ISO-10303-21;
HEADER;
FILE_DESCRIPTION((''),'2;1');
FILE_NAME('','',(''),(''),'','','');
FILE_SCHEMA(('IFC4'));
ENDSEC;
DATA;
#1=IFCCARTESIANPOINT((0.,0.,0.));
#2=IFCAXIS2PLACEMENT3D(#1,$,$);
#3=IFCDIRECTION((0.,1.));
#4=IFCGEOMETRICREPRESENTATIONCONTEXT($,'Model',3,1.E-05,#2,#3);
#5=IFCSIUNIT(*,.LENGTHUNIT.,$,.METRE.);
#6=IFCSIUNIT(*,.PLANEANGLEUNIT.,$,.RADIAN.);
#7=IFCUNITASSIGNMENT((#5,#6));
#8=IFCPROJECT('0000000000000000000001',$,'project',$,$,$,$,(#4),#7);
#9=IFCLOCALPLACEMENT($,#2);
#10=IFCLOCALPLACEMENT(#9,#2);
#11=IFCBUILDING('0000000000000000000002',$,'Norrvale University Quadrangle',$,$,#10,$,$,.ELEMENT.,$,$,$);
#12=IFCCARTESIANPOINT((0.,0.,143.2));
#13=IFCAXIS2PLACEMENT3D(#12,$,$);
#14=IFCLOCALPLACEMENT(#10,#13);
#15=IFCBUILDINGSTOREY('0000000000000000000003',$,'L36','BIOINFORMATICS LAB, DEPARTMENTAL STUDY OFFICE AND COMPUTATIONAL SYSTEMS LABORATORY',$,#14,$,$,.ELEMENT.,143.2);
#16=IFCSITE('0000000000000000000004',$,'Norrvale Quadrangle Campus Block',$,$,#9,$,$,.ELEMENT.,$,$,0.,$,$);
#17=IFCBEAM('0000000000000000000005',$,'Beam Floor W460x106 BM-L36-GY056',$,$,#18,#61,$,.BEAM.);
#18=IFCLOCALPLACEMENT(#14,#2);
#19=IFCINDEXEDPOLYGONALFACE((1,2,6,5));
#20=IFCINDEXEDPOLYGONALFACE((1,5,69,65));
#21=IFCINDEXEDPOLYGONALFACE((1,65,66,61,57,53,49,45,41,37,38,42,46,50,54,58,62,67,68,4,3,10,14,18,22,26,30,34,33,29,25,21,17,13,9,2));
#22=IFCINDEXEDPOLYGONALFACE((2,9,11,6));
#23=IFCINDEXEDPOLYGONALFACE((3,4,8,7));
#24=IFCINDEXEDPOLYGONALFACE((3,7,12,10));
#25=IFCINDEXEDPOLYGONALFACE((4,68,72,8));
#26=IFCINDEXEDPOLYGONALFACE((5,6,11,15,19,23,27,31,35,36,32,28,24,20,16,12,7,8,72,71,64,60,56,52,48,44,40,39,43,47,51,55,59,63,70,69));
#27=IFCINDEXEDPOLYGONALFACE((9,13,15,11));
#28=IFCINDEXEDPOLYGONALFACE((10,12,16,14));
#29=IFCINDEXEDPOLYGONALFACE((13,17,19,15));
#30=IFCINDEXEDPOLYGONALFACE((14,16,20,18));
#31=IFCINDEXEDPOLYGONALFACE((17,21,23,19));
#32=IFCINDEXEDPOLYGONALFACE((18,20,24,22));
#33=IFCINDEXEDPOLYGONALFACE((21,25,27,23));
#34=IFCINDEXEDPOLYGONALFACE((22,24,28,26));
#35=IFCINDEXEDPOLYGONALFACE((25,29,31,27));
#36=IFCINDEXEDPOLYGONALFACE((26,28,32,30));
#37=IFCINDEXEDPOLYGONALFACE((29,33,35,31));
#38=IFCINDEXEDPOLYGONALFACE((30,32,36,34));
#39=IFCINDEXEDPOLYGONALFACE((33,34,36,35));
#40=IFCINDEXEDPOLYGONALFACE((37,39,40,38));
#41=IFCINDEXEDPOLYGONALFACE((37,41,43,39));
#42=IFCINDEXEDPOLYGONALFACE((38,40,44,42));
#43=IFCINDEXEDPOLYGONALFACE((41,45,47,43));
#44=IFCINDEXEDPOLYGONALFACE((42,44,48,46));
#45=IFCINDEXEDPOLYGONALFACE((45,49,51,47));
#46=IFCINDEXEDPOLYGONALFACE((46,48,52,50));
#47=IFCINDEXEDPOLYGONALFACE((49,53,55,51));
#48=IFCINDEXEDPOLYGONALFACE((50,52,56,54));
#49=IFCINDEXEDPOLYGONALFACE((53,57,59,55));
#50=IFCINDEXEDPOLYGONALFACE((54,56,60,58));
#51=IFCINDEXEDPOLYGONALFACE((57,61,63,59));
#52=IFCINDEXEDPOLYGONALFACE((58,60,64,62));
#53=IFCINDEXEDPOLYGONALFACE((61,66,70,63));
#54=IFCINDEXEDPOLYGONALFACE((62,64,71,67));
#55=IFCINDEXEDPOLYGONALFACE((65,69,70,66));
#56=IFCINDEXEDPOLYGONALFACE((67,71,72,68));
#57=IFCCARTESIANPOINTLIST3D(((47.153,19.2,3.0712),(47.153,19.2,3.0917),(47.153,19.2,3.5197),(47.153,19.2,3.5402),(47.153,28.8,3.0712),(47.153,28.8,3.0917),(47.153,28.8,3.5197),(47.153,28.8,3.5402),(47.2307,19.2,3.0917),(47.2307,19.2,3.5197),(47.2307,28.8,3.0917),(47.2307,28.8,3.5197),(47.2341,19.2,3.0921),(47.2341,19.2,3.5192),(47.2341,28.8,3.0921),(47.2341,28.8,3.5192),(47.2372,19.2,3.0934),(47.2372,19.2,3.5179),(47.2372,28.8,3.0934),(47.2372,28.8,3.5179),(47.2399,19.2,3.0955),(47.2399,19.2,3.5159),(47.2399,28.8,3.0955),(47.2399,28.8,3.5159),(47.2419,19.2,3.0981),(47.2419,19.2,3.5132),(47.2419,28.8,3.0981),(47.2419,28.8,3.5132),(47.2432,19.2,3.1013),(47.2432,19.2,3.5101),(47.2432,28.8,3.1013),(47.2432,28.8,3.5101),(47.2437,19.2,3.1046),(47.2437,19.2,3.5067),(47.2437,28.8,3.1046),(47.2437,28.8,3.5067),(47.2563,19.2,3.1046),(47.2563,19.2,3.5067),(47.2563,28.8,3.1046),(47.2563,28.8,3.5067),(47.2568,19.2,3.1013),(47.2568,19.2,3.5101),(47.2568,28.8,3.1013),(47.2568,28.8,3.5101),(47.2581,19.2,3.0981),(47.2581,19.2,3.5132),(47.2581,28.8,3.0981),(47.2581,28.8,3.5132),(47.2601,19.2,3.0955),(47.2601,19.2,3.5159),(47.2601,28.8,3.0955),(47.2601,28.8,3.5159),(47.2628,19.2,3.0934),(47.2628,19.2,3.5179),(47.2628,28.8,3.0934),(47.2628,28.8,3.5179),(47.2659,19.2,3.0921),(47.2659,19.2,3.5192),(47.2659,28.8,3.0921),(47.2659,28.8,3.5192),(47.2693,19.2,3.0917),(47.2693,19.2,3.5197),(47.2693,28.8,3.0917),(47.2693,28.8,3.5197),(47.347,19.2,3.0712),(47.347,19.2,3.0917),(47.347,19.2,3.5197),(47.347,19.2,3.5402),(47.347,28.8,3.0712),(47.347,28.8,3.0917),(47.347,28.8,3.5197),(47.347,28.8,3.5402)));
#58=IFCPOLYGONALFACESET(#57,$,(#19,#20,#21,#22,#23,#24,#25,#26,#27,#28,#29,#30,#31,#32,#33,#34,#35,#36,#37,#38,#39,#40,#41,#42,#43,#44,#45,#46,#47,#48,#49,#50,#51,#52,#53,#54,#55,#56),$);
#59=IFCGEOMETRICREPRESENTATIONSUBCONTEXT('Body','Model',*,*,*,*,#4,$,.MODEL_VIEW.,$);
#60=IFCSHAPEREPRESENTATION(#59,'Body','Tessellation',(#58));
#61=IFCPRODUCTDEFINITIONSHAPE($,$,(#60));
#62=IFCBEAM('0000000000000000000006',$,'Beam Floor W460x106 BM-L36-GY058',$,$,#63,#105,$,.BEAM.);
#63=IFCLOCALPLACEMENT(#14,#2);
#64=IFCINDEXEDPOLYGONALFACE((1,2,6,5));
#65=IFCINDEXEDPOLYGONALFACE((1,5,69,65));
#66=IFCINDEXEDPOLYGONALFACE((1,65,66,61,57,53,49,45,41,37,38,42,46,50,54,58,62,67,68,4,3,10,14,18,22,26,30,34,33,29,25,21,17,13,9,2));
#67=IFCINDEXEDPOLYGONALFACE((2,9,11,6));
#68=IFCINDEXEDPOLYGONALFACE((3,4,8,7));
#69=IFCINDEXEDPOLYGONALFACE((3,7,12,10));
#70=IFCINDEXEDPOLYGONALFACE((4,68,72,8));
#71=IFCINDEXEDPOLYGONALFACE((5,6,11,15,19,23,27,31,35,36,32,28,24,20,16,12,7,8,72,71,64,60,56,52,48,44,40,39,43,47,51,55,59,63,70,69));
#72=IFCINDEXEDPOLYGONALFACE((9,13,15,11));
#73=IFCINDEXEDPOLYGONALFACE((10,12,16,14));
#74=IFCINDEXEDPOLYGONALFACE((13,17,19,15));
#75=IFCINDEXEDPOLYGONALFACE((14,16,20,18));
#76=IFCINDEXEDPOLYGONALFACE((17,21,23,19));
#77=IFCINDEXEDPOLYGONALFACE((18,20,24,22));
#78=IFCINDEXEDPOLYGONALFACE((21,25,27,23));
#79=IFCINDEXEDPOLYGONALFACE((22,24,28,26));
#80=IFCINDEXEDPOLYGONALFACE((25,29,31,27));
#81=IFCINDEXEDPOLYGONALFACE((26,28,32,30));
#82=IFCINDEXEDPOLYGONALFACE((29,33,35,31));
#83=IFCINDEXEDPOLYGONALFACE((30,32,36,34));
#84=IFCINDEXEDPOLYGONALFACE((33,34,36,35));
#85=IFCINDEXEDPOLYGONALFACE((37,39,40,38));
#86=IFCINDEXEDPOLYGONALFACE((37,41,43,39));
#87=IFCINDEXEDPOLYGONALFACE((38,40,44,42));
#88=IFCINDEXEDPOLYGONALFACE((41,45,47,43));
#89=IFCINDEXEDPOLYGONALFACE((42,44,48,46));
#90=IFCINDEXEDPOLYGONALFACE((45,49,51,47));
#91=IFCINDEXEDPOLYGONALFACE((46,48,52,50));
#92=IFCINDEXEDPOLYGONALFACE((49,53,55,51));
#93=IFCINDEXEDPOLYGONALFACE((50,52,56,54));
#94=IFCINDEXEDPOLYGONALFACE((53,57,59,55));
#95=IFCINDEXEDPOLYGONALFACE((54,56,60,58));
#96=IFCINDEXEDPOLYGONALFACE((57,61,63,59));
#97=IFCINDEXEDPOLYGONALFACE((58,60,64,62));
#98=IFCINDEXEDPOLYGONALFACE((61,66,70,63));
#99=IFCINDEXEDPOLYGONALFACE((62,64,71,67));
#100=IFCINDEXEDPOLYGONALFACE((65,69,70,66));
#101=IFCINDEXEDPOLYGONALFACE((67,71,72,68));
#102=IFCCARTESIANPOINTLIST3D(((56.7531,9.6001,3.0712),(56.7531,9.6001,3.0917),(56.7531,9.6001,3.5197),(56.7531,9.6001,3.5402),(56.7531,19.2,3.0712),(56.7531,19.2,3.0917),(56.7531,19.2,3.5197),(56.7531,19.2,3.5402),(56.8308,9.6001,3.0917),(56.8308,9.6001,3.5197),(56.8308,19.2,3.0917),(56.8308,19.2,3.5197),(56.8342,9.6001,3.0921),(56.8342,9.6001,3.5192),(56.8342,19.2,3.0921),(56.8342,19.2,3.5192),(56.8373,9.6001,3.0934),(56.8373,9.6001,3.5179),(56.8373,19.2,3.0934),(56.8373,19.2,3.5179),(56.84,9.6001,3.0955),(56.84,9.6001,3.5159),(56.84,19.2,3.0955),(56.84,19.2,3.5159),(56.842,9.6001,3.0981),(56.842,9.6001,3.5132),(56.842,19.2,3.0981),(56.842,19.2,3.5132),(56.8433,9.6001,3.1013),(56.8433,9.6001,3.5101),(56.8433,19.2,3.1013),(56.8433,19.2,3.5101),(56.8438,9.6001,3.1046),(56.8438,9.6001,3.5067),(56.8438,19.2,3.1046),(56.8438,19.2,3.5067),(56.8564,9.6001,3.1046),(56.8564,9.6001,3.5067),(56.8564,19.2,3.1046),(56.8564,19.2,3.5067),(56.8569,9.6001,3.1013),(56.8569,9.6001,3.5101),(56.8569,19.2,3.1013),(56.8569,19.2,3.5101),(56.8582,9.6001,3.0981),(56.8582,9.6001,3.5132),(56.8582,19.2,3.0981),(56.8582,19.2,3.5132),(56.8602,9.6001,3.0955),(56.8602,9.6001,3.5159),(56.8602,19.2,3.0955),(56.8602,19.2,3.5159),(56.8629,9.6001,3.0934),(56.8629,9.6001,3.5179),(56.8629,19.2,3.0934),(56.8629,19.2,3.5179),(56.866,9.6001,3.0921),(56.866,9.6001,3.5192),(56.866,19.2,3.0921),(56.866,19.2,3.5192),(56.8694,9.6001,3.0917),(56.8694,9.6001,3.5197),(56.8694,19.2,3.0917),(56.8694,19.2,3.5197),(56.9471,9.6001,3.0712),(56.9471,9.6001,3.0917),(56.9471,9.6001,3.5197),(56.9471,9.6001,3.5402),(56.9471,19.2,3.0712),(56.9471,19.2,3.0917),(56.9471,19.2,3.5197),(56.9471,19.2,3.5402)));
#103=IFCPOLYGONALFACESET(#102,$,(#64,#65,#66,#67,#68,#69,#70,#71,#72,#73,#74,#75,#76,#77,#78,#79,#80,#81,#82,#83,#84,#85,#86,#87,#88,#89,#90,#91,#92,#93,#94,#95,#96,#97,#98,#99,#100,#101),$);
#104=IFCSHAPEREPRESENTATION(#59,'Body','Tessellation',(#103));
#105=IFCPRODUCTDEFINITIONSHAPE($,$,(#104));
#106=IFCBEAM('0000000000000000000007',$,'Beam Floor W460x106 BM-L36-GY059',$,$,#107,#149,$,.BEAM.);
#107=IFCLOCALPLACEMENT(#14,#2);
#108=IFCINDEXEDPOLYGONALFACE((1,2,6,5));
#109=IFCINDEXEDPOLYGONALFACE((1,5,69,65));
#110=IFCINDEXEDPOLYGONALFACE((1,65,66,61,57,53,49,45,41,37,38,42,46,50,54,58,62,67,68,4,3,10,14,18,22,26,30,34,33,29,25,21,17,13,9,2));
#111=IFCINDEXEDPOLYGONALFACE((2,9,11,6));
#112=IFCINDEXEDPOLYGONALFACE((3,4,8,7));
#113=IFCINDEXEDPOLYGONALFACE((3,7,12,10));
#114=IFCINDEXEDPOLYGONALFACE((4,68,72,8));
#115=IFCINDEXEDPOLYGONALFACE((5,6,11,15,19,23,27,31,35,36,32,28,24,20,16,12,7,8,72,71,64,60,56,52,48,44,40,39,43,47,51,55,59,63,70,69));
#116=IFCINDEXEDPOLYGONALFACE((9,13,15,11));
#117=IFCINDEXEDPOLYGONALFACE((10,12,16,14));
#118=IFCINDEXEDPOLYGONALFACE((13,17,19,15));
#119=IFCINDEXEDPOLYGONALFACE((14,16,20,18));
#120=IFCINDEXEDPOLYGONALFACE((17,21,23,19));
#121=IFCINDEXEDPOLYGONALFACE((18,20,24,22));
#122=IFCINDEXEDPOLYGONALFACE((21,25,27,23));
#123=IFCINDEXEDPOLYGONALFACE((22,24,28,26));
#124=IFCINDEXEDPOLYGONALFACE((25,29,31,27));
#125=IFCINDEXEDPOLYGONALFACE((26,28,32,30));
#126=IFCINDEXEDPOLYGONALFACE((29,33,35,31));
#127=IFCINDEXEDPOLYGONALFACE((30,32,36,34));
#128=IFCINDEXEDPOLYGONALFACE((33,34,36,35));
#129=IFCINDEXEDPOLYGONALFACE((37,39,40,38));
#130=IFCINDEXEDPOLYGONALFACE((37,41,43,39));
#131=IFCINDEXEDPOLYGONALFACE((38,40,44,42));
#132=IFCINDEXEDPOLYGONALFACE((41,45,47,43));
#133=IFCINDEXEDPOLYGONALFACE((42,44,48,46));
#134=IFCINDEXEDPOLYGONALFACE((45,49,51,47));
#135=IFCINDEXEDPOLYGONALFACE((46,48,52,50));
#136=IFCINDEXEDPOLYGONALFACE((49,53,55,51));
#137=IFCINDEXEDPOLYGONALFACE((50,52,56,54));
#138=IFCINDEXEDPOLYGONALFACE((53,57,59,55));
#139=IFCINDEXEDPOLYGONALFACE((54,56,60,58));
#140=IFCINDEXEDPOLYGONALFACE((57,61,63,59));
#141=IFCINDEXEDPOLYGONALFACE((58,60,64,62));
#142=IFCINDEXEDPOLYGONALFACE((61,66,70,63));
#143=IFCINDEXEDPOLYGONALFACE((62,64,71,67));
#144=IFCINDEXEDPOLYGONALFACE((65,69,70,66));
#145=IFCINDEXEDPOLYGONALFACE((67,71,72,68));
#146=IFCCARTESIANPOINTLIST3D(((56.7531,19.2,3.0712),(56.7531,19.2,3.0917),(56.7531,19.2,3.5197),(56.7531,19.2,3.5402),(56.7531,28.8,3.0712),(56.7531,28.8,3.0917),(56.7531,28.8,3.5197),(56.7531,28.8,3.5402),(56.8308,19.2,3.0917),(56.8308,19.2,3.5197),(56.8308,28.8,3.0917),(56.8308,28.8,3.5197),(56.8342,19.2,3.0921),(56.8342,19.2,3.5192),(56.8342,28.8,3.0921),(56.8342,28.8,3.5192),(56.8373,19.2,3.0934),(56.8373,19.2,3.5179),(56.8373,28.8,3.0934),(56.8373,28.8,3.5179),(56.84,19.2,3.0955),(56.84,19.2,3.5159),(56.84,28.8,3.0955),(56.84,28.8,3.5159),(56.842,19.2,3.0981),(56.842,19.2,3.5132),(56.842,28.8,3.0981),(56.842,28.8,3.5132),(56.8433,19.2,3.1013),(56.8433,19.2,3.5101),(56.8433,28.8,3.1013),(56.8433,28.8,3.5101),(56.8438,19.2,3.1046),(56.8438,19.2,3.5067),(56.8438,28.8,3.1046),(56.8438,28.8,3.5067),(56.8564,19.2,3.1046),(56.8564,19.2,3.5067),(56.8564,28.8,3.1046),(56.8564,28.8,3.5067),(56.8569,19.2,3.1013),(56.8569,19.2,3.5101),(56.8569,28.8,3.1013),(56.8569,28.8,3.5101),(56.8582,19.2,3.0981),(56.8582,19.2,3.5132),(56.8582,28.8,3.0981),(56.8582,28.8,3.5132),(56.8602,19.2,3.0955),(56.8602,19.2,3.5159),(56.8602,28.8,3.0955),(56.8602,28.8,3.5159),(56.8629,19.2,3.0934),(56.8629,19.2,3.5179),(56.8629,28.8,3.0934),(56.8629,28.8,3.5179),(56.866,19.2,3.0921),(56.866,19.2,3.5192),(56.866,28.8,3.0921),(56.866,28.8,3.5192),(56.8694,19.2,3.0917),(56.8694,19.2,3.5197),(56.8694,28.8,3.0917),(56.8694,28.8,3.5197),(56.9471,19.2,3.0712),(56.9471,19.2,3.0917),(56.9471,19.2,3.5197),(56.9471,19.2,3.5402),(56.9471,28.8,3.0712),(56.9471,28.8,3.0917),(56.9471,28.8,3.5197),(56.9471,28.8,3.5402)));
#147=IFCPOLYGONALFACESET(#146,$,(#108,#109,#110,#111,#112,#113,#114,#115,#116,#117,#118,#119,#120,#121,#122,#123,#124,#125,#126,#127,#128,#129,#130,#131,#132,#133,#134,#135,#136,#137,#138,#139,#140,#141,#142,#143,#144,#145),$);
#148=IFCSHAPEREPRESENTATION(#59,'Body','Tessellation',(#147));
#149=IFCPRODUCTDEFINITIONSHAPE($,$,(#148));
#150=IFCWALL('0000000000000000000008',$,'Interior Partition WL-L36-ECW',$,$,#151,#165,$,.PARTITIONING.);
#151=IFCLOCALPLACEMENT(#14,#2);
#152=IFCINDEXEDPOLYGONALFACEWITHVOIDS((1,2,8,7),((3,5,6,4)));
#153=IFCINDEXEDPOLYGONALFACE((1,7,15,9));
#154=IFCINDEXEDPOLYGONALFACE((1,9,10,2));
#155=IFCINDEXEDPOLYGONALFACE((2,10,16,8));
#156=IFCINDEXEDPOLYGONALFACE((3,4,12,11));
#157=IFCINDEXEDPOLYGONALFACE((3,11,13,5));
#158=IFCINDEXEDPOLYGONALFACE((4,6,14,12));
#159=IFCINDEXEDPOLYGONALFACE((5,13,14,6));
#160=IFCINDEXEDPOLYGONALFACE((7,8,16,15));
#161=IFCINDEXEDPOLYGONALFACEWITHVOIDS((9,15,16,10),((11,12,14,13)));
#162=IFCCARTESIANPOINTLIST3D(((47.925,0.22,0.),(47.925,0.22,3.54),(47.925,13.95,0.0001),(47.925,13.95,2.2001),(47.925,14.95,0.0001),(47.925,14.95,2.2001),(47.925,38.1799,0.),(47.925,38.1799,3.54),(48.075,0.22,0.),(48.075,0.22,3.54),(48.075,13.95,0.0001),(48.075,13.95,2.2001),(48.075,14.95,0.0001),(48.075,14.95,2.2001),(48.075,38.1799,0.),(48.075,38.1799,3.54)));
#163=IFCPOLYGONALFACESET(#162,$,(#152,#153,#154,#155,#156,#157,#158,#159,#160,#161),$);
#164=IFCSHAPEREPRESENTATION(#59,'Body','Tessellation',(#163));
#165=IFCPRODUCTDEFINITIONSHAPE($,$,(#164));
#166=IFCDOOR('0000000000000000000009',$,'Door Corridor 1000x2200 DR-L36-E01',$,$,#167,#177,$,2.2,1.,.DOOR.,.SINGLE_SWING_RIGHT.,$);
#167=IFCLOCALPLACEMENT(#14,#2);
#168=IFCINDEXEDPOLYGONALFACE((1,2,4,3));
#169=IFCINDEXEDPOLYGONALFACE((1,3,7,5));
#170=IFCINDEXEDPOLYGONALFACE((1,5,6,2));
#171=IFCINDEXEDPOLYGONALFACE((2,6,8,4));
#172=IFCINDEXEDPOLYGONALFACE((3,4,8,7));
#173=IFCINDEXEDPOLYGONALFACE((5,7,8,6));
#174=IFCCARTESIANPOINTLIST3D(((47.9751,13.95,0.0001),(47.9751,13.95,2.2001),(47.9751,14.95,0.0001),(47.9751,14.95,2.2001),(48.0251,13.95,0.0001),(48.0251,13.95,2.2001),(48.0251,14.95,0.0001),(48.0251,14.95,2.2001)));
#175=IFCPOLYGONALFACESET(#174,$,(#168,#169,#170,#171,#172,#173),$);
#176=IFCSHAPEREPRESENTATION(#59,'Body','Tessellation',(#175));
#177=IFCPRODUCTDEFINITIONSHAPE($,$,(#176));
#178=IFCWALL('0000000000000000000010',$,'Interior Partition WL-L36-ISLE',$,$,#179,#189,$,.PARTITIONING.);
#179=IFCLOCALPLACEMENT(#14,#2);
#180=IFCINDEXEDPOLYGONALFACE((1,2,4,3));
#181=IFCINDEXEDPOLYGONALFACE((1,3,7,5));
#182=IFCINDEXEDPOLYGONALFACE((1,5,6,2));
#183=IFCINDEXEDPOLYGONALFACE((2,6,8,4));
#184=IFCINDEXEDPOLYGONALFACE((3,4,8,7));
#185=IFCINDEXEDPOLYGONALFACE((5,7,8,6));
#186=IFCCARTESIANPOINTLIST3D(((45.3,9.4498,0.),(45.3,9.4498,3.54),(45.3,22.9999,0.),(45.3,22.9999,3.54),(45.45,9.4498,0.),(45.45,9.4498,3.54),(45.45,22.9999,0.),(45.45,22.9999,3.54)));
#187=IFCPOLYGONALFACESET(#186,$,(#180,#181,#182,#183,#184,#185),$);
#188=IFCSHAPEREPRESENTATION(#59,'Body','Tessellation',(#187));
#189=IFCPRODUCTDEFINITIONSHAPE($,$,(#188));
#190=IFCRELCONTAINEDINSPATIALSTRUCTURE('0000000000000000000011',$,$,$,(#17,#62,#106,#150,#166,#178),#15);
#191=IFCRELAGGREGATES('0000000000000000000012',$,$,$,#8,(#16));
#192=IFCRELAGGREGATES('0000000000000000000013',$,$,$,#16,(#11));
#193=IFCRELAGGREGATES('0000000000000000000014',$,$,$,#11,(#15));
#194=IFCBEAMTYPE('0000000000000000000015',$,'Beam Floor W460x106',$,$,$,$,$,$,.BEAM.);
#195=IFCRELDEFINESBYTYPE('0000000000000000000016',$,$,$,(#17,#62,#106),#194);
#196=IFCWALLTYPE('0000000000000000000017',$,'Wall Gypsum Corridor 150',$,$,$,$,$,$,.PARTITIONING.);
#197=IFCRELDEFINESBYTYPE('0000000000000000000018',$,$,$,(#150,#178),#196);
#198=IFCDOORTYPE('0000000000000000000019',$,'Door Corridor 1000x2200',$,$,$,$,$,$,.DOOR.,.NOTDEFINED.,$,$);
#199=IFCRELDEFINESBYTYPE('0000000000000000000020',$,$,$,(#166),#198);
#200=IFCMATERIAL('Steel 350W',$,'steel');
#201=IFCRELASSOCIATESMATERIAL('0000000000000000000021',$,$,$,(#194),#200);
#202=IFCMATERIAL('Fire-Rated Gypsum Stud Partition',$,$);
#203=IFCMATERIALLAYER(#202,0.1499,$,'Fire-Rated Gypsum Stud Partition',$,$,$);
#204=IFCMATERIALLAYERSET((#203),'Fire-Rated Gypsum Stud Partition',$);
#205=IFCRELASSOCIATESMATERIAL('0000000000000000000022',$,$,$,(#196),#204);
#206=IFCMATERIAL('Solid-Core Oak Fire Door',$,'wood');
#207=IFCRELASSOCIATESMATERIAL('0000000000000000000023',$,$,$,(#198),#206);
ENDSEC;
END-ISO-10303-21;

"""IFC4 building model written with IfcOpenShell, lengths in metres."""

from ifc_helpers import new_model, si_unit, direction, frame, frame_2d, origin, origin_2d, place, context, subcontext, project, spatial, rectangle, i_section, extrude, material, layer, layer_set, material_profile, profile_set, type_object, element, fill, save


model = new_model("IFC4")

# Units and contexts
model_context = context("Model", 3, precision=1e-05, world=origin(), true_north=direction((0.0, 1.0)))
body_context = subcontext(model_context, "Body", "Model", "MODEL_VIEW")
ifc_project = project(units=[si_unit("LENGTHUNIT", "METRE"), si_unit("PLANEANGLEUNIT", "RADIAN")], contexts=[model_context])

# Site, building, storey
site_placement = place(None, origin())
site = spatial("IfcSite", under=ifc_project, at=site_placement, Name="Norrvale Quadrangle Campus Block", CompositionType="ELEMENT", RefElevation=0.0)
building_placement = place(site_placement, origin())
building = spatial("IfcBuilding", under=site, at=building_placement, Name="Norrvale University Quadrangle", CompositionType="ELEMENT")
storey_placement = place(building_placement, frame((0.0, 0.0, 143.2)))
storey = spatial("IfcBuildingStorey", under=building, at=storey_placement, Name="L36", Description="BIOINFORMATICS LAB, DEPARTMENTAL STUDY OFFICE AND COMPUTATIONAL SYSTEMS LABORATORY", CompositionType="ELEMENT", Elevation=143.2)

# Beams
ifc_material_1 = material(Name="Steel 350W", Category="steel")
ifc_material_profile_1 = material_profile(ifc_material_1, i_section(OverallWidth=0.1941, OverallDepth=0.469, WebThickness=0.0127, FlangeThickness=0.0205, FilletRadius=0.0129, at=origin_2d()), Name="Steel 350W")
ifc_profile_set_1 = profile_set([ifc_material_profile_1], Name="Steel 350W")
beam_type_1 = type_object("IfcBeamType", Name="Beam Floor W460x106", PredefinedType="BEAM", material=ifc_profile_set_1)
beam_1_placement = place(storey_placement, frame((47.25, 19.2, 3.3057), z_axis=(0.0, 1.0, 0.0), x_axis=(-1.0, 0.0, 0.0)))
element("IfcBeam", 1, at=beam_1_placement, inside=storey, type_object=beam_type_1, Name="Beam Floor W460x106 BM-L36-GY056", PredefinedType="BEAM", context=body_context, shape_type="SweptSolid", body=[
    extrude(i_section(OverallWidth=0.1941, OverallDepth=0.469, WebThickness=0.0127, FlangeThickness=0.0205, FilletRadius=0.0129, at=origin_2d()), origin(), (0.0, 0.0, 1.0), 9.6001),
])
beam_2_placement = place(storey_placement, frame((56.8501, 9.6001, 3.3057), z_axis=(0.0, 1.0, 0.0), x_axis=(-1.0, 0.0, 0.0)))
element("IfcBeam", 2, at=beam_2_placement, inside=storey, type_object=beam_type_1, Name="Beam Floor W460x106 BM-L36-GY058", PredefinedType="BEAM", context=body_context, shape_type="SweptSolid", body=[
    extrude(i_section(OverallWidth=0.1941, OverallDepth=0.469, WebThickness=0.0127, FlangeThickness=0.0205, FilletRadius=0.0129, at=origin_2d()), origin(), (0.0, 0.0, 1.0), 9.5999),
])
beam_3_placement = place(storey_placement, frame((56.8501, 19.2, 3.3057), z_axis=(0.0, 1.0, 0.0), x_axis=(-1.0, 0.0, 0.0)))
element("IfcBeam", 3, at=beam_3_placement, inside=storey, type_object=beam_type_1, Name="Beam Floor W460x106 BM-L36-GY059", PredefinedType="BEAM", context=body_context, shape_type="SweptSolid", body=[
    extrude(i_section(OverallWidth=0.1941, OverallDepth=0.469, WebThickness=0.0127, FlangeThickness=0.0205, FilletRadius=0.0129, at=origin_2d()), origin(), (0.0, 0.0, 1.0), 9.6001),
])

# Wall, opening, door
ifc_material_2 = material(Name="Fire-Rated Gypsum Stud Partition")
ifc_layer_1 = layer(ifc_material_2, 0.1499, Name="Fire-Rated Gypsum Stud Partition")
ifc_layer_set_1 = layer_set([ifc_layer_1], Name="Fire-Rated Gypsum Stud Partition")
wall_type_1 = type_object("IfcWallType", Name="Wall Gypsum Corridor 150", PredefinedType="PARTITIONING", material=ifc_layer_set_1)
wall_1_placement = place(storey_placement, frame((48.0, 0.22, 0.0), z_axis=(0.0, 0.0, 1.0), x_axis=(0.0, 1.0, 0.0)))
wall_1 = element("IfcWall", 4, at=wall_1_placement, inside=storey, type_object=wall_type_1, Name="Interior Partition WL-L36-ECW", PredefinedType="PARTITIONING", context=body_context, shape_type="SweptSolid", body=[
    extrude(rectangle(XDim=37.96, YDim=0.1499, at=frame_2d((18.98, 0.0))), origin(), (0.0, 0.0, 1.0), 3.54),
])
opening_1_placement = place(wall_1_placement, frame((13.73, 0.0, 0.0)))
opening_1 = element("IfcOpeningElement", 5, at=opening_1_placement, cuts=wall_1, PredefinedType="OPENING", context=body_context, shape_type="SweptSolid", body=[
    extrude(rectangle(XDim=1.0, YDim=2.2, at=frame_2d((0.5, 1.1001))), frame((0.0, 0.0869, 0.0), z_axis=(0.0, -1.0, 0.0), x_axis=(1.0, 0.0, 0.0)), (0.0, 0.0, 1.0), 0.1738),
])
ifc_material_3 = material(Name="Solid-Core Oak Fire Door", Category="wood")
door_type = type_object("IfcDoorType", Name="Door Corridor 1000x2200", OperationType="NOTDEFINED", PredefinedType="DOOR", material=ifc_material_3)
door_placement = place(opening_1_placement, origin())
door = element("IfcDoor", 6, at=door_placement, inside=storey, type_object=door_type, Name="Door Corridor 1000x2200 DR-L36-E01", OperationType="SINGLE_SWING_RIGHT", OverallHeight=2.2, OverallWidth=1.0, PredefinedType="DOOR", context=body_context, shape_type="SweptSolid", body=[
    extrude(rectangle(XDim=1.0, YDim=2.2, at=frame_2d((0.5, 1.1001))), frame((0.0, 0.0249, 0.0), z_axis=(0.0, -1.0, 0.0), x_axis=(1.0, 0.0, 0.0)), (0.0, 0.0, 1.0), 0.05),
])
fill(opening_1, door)

# Wall
wall_2_placement = place(storey_placement, frame((45.375, 9.45, 0.0), z_axis=(0.0, 0.0, 1.0), x_axis=(0.0, 1.0, 0.0)))
element("IfcWall", 7, at=wall_2_placement, inside=storey, type_object=wall_type_1, Name="Interior Partition WL-L36-ISLE", PredefinedType="PARTITIONING", context=body_context, shape_type="SweptSolid", body=[
    extrude(rectangle(XDim=13.55, YDim=0.1499, at=frame_2d((6.7749, 0.0))), origin(), (0.0, 0.0, 1.0), 3.54),
])

save(model, "model.ifc")
